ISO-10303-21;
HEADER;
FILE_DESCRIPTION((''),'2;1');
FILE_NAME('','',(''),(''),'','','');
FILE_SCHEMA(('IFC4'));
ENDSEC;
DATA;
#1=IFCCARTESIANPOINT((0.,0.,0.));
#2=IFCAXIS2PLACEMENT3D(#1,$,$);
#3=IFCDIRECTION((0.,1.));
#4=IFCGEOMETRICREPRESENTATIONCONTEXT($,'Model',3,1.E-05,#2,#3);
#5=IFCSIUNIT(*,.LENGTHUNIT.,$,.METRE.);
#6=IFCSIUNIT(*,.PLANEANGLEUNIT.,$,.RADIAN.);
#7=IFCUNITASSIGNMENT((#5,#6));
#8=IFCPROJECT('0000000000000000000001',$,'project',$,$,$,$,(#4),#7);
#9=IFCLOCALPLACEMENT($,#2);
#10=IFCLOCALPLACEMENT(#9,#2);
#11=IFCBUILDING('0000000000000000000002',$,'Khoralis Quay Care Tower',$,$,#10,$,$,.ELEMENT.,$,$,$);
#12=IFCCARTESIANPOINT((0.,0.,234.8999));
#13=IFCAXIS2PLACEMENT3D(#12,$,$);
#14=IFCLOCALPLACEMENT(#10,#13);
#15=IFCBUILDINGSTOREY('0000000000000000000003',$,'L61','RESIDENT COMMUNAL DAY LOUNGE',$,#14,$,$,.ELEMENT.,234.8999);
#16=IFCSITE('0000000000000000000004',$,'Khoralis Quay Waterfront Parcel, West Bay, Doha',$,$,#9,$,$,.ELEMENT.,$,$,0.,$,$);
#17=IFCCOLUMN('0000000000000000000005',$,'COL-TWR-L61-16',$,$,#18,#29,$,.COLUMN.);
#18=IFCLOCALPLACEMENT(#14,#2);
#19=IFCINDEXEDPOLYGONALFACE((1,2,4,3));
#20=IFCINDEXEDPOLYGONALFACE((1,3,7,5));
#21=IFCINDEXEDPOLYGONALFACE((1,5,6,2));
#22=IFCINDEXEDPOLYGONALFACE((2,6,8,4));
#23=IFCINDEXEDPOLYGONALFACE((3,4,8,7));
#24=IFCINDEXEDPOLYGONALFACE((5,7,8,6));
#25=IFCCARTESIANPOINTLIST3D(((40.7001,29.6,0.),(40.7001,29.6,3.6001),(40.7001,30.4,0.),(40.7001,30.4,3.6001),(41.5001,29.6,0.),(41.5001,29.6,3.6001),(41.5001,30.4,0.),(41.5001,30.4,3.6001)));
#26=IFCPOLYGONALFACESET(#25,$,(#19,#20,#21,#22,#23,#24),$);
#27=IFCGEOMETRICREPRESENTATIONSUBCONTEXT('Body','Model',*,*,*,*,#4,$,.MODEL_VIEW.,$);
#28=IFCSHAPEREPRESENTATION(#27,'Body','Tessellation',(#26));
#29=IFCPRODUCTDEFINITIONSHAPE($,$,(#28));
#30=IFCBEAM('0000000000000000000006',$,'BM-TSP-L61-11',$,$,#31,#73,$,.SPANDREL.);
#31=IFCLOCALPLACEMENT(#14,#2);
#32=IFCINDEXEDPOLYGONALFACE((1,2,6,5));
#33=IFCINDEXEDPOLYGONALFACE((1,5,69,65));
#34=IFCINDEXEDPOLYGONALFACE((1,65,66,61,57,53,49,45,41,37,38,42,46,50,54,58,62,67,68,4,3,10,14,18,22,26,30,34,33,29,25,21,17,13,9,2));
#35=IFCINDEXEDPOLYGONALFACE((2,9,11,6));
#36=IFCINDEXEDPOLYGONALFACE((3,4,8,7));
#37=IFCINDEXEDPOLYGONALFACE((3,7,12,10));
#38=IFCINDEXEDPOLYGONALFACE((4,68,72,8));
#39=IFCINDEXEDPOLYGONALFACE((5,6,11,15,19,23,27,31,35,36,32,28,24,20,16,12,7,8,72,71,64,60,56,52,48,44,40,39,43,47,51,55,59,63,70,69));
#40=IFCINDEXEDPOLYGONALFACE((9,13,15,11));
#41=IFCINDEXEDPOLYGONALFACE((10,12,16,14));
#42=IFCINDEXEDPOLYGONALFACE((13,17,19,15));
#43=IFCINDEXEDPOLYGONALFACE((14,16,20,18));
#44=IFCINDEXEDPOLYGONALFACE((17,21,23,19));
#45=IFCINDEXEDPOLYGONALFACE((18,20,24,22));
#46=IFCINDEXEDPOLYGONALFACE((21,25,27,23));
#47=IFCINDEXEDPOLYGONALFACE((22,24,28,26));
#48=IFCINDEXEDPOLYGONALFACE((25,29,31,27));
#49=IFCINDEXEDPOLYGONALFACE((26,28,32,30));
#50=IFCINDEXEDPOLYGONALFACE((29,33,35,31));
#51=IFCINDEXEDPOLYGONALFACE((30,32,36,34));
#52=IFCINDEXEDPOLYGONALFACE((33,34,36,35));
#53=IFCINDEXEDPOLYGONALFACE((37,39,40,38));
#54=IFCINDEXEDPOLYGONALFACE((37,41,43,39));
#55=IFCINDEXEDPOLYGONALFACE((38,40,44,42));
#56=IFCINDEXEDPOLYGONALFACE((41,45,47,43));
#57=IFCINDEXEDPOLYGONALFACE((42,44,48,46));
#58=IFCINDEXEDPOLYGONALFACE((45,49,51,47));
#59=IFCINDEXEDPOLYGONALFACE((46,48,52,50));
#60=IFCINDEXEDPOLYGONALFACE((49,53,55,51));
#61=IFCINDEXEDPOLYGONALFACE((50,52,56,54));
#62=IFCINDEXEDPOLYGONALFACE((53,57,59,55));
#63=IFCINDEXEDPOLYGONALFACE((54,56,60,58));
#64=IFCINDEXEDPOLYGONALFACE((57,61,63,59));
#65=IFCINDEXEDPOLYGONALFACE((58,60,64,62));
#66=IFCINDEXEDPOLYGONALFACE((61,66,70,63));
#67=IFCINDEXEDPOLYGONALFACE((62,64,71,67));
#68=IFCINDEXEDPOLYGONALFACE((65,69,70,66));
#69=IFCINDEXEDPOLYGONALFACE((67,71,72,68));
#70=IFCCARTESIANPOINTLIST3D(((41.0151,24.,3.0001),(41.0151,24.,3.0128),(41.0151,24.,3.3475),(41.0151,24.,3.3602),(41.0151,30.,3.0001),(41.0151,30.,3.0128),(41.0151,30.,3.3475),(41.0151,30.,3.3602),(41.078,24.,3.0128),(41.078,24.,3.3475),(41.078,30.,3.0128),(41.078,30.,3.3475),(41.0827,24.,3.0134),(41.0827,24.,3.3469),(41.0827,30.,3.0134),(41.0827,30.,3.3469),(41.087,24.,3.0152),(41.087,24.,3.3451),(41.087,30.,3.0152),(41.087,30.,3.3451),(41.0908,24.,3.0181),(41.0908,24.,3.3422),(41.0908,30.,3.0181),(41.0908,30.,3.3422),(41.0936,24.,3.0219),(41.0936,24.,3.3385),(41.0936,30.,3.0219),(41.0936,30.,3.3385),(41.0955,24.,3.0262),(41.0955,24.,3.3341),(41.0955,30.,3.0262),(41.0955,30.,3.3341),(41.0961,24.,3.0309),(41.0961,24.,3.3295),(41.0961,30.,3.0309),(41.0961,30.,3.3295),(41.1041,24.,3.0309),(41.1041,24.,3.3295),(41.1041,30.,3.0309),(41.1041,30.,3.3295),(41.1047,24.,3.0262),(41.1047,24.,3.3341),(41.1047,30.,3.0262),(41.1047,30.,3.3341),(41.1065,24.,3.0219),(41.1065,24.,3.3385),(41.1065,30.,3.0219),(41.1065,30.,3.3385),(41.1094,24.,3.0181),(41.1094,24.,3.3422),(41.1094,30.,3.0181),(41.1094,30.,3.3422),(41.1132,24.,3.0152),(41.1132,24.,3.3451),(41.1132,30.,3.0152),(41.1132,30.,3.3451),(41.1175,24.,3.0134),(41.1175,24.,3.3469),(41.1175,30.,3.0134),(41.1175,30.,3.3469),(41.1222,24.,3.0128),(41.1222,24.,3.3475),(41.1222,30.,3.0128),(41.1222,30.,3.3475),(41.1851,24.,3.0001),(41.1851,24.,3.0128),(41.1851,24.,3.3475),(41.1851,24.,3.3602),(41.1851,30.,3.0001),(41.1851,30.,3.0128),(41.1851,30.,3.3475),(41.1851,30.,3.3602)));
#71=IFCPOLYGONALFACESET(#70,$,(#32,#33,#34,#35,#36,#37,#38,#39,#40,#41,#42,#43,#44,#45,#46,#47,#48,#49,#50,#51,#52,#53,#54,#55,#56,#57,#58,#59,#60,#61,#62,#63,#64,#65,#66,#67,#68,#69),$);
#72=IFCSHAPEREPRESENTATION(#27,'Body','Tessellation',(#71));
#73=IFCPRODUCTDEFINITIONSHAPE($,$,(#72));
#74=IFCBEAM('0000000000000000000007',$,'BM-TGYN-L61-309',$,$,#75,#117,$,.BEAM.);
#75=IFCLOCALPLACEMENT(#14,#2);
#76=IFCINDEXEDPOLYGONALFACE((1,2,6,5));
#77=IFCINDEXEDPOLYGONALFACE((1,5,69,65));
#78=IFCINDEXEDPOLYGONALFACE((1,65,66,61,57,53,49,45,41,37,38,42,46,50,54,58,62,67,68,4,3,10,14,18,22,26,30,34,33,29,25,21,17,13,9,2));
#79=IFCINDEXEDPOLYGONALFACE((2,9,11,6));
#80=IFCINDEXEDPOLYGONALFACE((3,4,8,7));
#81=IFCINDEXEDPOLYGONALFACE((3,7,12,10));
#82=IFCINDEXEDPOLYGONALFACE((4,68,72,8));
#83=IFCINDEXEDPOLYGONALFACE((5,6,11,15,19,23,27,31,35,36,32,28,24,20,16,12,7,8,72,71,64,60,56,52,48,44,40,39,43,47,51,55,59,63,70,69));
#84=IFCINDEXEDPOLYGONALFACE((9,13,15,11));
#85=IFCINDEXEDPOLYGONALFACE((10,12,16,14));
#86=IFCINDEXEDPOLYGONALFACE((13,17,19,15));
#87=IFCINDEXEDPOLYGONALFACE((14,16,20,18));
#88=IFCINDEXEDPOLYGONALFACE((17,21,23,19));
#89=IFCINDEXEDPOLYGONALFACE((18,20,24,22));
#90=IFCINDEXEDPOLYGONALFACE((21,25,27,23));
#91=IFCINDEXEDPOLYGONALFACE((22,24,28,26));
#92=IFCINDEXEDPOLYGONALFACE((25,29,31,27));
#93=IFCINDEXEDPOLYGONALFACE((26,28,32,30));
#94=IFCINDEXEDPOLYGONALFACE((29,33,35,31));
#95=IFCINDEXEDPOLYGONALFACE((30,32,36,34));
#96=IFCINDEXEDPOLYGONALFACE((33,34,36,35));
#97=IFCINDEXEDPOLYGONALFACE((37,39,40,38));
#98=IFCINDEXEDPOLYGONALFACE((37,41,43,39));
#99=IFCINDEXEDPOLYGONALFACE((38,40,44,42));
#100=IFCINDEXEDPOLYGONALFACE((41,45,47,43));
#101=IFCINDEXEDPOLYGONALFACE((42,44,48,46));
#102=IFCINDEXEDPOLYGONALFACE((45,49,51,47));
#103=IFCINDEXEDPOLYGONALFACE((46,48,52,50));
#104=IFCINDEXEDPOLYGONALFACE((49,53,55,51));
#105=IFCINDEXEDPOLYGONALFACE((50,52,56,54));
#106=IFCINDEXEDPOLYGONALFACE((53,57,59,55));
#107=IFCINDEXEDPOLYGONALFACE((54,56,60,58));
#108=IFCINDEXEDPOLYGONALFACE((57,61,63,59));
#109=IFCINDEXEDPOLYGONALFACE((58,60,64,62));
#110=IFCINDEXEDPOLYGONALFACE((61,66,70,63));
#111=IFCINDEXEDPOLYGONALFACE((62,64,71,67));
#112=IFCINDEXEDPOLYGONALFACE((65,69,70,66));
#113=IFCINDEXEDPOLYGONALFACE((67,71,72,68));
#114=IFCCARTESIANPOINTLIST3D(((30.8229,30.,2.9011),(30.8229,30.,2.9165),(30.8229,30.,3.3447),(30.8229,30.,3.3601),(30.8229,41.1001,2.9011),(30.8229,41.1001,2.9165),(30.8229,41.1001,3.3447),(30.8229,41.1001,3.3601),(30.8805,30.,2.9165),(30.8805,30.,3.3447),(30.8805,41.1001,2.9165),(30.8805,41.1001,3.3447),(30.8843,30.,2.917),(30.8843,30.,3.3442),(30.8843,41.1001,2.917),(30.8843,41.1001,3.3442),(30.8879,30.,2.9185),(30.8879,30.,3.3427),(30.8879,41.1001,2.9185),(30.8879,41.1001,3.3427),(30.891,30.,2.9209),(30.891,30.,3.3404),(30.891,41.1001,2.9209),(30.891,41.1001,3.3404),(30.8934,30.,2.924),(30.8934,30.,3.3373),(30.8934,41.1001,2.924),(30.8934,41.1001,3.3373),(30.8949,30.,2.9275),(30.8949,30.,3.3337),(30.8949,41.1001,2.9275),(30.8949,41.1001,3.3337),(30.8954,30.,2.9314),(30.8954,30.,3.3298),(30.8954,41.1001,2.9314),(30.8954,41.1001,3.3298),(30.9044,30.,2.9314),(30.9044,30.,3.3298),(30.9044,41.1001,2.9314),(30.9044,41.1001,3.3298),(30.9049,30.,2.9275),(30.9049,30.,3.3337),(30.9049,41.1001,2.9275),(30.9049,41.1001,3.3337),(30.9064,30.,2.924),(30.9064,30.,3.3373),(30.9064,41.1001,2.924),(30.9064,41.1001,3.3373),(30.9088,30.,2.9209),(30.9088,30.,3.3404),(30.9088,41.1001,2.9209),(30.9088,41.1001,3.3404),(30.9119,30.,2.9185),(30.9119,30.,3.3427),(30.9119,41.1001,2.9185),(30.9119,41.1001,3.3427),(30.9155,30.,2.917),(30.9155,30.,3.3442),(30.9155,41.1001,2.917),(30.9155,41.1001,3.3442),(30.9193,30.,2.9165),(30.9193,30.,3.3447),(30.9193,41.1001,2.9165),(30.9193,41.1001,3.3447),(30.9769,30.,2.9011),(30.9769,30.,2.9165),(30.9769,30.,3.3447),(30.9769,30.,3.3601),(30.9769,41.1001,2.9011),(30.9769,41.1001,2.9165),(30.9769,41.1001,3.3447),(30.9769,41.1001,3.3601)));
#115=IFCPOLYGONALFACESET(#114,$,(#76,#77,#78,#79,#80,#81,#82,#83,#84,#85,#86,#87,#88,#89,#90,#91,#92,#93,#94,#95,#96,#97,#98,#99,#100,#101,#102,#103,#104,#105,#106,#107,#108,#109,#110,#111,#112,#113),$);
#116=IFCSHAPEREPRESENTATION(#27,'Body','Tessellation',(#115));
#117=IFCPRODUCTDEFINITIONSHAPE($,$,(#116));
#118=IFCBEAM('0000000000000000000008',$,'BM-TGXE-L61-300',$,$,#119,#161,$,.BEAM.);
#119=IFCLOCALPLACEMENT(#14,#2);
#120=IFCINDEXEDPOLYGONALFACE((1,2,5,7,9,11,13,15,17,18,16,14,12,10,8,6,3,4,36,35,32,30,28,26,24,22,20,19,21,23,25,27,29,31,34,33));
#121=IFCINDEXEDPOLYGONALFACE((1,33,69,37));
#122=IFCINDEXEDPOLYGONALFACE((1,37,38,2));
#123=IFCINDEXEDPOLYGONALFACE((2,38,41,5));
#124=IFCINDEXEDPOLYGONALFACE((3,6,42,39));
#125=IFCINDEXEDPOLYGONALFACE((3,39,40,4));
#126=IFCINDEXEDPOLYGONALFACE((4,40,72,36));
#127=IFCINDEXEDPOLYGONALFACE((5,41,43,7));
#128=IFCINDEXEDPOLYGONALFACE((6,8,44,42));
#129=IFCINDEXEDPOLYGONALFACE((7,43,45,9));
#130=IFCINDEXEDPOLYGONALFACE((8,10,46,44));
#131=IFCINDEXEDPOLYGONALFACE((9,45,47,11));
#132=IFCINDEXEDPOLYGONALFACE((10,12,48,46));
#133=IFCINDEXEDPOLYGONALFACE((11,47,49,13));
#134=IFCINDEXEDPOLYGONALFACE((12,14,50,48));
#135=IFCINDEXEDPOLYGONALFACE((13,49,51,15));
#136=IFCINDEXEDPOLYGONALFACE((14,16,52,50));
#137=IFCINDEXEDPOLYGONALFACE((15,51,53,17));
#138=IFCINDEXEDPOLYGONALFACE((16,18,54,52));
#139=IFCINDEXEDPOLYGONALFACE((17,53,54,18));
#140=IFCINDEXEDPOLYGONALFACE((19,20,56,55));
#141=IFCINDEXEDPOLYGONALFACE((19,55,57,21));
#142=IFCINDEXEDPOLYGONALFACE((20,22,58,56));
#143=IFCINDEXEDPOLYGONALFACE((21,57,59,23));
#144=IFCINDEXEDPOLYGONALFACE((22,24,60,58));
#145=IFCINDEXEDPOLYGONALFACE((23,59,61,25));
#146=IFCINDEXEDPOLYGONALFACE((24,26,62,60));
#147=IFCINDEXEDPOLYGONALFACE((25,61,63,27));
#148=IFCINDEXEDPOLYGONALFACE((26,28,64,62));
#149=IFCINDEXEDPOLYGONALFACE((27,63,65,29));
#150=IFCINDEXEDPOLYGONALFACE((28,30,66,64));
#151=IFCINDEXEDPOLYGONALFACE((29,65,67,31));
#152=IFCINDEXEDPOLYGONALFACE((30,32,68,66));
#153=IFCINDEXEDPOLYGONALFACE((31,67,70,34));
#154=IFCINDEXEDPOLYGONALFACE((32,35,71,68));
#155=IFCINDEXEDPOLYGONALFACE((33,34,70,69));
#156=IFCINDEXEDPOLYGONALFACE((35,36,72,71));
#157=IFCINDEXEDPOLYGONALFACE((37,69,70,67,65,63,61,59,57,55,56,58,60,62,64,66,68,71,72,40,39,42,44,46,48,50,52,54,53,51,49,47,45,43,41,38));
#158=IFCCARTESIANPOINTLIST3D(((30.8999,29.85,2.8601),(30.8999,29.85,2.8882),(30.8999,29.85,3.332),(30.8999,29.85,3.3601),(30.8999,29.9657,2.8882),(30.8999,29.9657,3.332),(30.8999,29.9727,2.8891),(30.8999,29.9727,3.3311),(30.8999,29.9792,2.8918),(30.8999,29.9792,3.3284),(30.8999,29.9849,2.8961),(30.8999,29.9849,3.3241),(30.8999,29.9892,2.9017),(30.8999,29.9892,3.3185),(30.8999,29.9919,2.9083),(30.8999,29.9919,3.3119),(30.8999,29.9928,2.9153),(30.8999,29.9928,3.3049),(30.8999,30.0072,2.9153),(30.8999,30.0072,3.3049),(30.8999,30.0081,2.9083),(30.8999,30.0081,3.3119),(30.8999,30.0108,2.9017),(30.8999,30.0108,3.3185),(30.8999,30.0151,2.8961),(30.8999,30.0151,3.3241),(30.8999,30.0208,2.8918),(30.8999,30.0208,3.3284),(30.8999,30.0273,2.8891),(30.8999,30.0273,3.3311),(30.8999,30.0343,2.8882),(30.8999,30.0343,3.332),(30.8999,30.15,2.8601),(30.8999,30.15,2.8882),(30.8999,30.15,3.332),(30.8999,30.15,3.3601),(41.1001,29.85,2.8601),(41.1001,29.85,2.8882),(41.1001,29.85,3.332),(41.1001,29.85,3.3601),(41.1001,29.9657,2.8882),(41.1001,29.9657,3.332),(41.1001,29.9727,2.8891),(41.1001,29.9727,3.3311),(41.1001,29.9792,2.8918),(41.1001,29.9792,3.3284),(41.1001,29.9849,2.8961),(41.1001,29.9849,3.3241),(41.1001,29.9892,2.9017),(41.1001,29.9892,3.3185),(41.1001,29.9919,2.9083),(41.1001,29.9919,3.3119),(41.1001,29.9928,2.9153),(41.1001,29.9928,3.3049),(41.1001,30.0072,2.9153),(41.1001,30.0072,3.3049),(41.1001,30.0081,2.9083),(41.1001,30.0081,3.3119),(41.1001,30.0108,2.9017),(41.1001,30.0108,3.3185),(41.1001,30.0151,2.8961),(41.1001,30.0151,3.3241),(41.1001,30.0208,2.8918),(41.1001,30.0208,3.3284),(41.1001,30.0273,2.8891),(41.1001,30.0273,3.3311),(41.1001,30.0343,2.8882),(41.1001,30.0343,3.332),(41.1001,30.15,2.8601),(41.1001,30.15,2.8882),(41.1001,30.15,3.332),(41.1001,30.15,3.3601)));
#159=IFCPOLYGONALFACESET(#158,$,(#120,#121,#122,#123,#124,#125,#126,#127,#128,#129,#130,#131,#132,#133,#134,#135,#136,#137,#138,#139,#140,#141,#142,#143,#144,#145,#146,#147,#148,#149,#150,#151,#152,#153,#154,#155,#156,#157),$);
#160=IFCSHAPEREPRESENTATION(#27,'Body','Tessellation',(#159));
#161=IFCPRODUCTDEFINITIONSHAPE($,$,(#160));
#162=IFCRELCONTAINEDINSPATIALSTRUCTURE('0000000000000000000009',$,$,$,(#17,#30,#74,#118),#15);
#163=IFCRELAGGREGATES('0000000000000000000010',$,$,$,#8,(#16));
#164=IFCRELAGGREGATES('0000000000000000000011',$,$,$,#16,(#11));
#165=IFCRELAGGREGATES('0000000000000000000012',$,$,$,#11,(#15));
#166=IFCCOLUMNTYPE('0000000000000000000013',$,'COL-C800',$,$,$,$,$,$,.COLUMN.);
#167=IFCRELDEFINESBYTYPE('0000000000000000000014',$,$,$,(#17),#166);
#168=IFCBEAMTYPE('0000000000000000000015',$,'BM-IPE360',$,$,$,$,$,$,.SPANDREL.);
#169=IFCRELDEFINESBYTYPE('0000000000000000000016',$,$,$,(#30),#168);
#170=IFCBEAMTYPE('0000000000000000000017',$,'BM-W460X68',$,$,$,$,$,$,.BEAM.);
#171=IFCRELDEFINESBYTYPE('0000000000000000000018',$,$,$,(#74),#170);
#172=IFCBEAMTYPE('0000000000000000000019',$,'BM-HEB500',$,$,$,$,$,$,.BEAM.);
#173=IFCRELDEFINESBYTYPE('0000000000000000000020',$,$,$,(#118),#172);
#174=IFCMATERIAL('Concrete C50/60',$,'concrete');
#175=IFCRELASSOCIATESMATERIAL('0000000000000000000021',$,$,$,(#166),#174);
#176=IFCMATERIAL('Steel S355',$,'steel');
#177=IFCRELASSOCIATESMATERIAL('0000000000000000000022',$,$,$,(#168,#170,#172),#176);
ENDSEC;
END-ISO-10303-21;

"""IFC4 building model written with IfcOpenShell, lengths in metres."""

from ifc_helpers import new_model, si_unit, direction, frame, origin, origin_2d, place, context, subcontext, project, spatial, rectangle, i_section, extrude, source, transform, mapped, material, material_profile, profile_set, type_object, element, save


model = new_model("IFC4")

# Units and contexts
model_context = context("Model", 3, precision=1e-05, world=origin(), true_north=direction((0.0, 1.0)))
body_context = subcontext(model_context, "Body", "Model", "MODEL_VIEW")
ifc_project = project(units=[si_unit("LENGTHUNIT", "METRE"), si_unit("PLANEANGLEUNIT", "RADIAN")], contexts=[model_context])

# Site, building, storey
site_placement = place(None, origin())
site = spatial("IfcSite", under=ifc_project, at=site_placement, Name="Khoralis Quay Waterfront Parcel, West Bay, Doha", CompositionType="ELEMENT", RefElevation=0.0)
building_placement = place(site_placement, origin())
building = spatial("IfcBuilding", under=site, at=building_placement, Name="Khoralis Quay Care Tower", CompositionType="ELEMENT")
storey_placement = place(building_placement, frame((0.0, 0.0, 234.8999)))
storey = spatial("IfcBuildingStorey", under=building, at=storey_placement, Name="L61", Description="RESIDENT COMMUNAL DAY LOUNGE", CompositionType="ELEMENT", Elevation=234.8999)

# Column
ifc_material_1 = material(Name="Concrete C50/60", Category="concrete")
ifc_material_profile_1 = material_profile(ifc_material_1, rectangle(XDim=0.8, YDim=0.8, at=origin_2d()), Name="Concrete C50/60")
ifc_profile_set_1 = profile_set([ifc_material_profile_1], Name="Concrete C50/60")
column_type = type_object("IfcColumnType", Name="COL-C800", PredefinedType="COLUMN", material=ifc_profile_set_1)
shared_shape_1 = source(origin(), body_context, "Body", "SweptSolid", [
    extrude(rectangle(XDim=0.8, YDim=0.8, at=origin_2d()), origin(), (0.0, 0.0, 1.0), 3.6001),
])
column_placement = place(storey_placement, frame((41.1001, 30.0, 0.0), z_axis=(0.0, 0.0, 1.0), x_axis=(1.0, 0.0, 0.0)))
element("IfcColumn", 1, at=column_placement, inside=storey, type_object=column_type, Name="COL-TWR-L61-16", PredefinedType="COLUMN", context=body_context, shape_type="MappedRepresentation", body=[
    mapped(shared_shape_1, transform((0.0, 0.0, 0.0), scale=1.0)),
])

# Beams
ifc_material_2 = material(Name="Steel S355", Category="steel")
ifc_material_profile_2 = material_profile(ifc_material_2, i_section(OverallWidth=0.1699, OverallDepth=0.3601, WebThickness=0.0081, FlangeThickness=0.0127, FilletRadius=0.0181, at=origin_2d()), Name="Steel S355")
ifc_profile_set_2 = profile_set([ifc_material_profile_2], Name="Steel S355")
beam_type_1 = type_object("IfcBeamType", Name="BM-IPE360", PredefinedType="SPANDREL", material=ifc_profile_set_2)
shared_shape_2 = source(origin(), body_context, "Body", "SweptSolid", [
    extrude(i_section(OverallWidth=0.1699, OverallDepth=0.3601, WebThickness=0.0081, FlangeThickness=0.0127, FilletRadius=0.0181, at=origin_2d()), origin(), (0.0, 0.0, 1.0), 6.0),
])
beam_1_placement = place(storey_placement, frame((41.1001, 24.0, 3.1802), z_axis=(0.0, 1.0, 0.0), x_axis=(-1.0, 0.0, 0.0)))
element("IfcBeam", 2, at=beam_1_placement, inside=storey, type_object=beam_type_1, Name="BM-TSP-L61-11", PredefinedType="SPANDREL", context=body_context, shape_type="MappedRepresentation", body=[
    mapped(shared_shape_2, transform((0.0, 0.0, 0.0), scale=1.0)),
])
ifc_material_profile_3 = material_profile(ifc_material_2, i_section(OverallWidth=0.1541, OverallDepth=0.459, WebThickness=0.009, FlangeThickness=0.0154, FilletRadius=0.0149, at=origin_2d()), Name="Steel S355")
ifc_profile_set_3 = profile_set([ifc_material_profile_3], Name="Steel S355")
beam_type_2 = type_object("IfcBeamType", Name="BM-W460X68", PredefinedType="BEAM", material=ifc_profile_set_3)
shared_shape_3 = source(origin(), body_context, "Body", "SweptSolid", [
    extrude(i_section(OverallWidth=0.1541, OverallDepth=0.459, WebThickness=0.009, FlangeThickness=0.0154, FilletRadius=0.0149, at=origin_2d()), origin(), (0.0, 0.0, 1.0), 11.1001),
])
beam_2_placement = place(storey_placement, frame((30.8999, 30.0, 3.1306), z_axis=(0.0, 1.0, 0.0), x_axis=(-1.0, 0.0, 0.0)))
element("IfcBeam", 3, at=beam_2_placement, inside=storey, type_object=beam_type_2, Name="BM-TGYN-L61-309", PredefinedType="BEAM", context=body_context, shape_type="MappedRepresentation", body=[
    mapped(shared_shape_3, transform((0.0, 0.0, 0.0), scale=1.0)),
])
ifc_material_profile_4 = material_profile(ifc_material_2, i_section(OverallWidth=0.3, OverallDepth=0.5, WebThickness=0.0144, FlangeThickness=0.0281, FilletRadius=0.0271, at=origin_2d()), Name="Steel S355")
ifc_profile_set_4 = profile_set([ifc_material_profile_4], Name="Steel S355")
beam_type_3 = type_object("IfcBeamType", Name="BM-HEB500", PredefinedType="BEAM", material=ifc_profile_set_4)
shared_shape_4 = source(origin(), body_context, "Body", "SweptSolid", [
    extrude(i_section(OverallWidth=0.3, OverallDepth=0.5, WebThickness=0.0144, FlangeThickness=0.0281, FilletRadius=0.0271, at=origin_2d()), origin(), (0.0, 0.0, 1.0), 10.2002),
])
beam_3_placement = place(storey_placement, frame((30.8999, 30.0, 3.1101), z_axis=(1.0, 0.0, 0.0), x_axis=(0.0, 1.0, 0.0)))
element("IfcBeam", 4, at=beam_3_placement, inside=storey, type_object=beam_type_3, Name="BM-TGXE-L61-300", PredefinedType="BEAM", context=body_context, shape_type="MappedRepresentation", body=[
    mapped(shared_shape_4, transform((0.0, 0.0, 0.0), scale=1.0)),
])

save(model, "model.ifc")
